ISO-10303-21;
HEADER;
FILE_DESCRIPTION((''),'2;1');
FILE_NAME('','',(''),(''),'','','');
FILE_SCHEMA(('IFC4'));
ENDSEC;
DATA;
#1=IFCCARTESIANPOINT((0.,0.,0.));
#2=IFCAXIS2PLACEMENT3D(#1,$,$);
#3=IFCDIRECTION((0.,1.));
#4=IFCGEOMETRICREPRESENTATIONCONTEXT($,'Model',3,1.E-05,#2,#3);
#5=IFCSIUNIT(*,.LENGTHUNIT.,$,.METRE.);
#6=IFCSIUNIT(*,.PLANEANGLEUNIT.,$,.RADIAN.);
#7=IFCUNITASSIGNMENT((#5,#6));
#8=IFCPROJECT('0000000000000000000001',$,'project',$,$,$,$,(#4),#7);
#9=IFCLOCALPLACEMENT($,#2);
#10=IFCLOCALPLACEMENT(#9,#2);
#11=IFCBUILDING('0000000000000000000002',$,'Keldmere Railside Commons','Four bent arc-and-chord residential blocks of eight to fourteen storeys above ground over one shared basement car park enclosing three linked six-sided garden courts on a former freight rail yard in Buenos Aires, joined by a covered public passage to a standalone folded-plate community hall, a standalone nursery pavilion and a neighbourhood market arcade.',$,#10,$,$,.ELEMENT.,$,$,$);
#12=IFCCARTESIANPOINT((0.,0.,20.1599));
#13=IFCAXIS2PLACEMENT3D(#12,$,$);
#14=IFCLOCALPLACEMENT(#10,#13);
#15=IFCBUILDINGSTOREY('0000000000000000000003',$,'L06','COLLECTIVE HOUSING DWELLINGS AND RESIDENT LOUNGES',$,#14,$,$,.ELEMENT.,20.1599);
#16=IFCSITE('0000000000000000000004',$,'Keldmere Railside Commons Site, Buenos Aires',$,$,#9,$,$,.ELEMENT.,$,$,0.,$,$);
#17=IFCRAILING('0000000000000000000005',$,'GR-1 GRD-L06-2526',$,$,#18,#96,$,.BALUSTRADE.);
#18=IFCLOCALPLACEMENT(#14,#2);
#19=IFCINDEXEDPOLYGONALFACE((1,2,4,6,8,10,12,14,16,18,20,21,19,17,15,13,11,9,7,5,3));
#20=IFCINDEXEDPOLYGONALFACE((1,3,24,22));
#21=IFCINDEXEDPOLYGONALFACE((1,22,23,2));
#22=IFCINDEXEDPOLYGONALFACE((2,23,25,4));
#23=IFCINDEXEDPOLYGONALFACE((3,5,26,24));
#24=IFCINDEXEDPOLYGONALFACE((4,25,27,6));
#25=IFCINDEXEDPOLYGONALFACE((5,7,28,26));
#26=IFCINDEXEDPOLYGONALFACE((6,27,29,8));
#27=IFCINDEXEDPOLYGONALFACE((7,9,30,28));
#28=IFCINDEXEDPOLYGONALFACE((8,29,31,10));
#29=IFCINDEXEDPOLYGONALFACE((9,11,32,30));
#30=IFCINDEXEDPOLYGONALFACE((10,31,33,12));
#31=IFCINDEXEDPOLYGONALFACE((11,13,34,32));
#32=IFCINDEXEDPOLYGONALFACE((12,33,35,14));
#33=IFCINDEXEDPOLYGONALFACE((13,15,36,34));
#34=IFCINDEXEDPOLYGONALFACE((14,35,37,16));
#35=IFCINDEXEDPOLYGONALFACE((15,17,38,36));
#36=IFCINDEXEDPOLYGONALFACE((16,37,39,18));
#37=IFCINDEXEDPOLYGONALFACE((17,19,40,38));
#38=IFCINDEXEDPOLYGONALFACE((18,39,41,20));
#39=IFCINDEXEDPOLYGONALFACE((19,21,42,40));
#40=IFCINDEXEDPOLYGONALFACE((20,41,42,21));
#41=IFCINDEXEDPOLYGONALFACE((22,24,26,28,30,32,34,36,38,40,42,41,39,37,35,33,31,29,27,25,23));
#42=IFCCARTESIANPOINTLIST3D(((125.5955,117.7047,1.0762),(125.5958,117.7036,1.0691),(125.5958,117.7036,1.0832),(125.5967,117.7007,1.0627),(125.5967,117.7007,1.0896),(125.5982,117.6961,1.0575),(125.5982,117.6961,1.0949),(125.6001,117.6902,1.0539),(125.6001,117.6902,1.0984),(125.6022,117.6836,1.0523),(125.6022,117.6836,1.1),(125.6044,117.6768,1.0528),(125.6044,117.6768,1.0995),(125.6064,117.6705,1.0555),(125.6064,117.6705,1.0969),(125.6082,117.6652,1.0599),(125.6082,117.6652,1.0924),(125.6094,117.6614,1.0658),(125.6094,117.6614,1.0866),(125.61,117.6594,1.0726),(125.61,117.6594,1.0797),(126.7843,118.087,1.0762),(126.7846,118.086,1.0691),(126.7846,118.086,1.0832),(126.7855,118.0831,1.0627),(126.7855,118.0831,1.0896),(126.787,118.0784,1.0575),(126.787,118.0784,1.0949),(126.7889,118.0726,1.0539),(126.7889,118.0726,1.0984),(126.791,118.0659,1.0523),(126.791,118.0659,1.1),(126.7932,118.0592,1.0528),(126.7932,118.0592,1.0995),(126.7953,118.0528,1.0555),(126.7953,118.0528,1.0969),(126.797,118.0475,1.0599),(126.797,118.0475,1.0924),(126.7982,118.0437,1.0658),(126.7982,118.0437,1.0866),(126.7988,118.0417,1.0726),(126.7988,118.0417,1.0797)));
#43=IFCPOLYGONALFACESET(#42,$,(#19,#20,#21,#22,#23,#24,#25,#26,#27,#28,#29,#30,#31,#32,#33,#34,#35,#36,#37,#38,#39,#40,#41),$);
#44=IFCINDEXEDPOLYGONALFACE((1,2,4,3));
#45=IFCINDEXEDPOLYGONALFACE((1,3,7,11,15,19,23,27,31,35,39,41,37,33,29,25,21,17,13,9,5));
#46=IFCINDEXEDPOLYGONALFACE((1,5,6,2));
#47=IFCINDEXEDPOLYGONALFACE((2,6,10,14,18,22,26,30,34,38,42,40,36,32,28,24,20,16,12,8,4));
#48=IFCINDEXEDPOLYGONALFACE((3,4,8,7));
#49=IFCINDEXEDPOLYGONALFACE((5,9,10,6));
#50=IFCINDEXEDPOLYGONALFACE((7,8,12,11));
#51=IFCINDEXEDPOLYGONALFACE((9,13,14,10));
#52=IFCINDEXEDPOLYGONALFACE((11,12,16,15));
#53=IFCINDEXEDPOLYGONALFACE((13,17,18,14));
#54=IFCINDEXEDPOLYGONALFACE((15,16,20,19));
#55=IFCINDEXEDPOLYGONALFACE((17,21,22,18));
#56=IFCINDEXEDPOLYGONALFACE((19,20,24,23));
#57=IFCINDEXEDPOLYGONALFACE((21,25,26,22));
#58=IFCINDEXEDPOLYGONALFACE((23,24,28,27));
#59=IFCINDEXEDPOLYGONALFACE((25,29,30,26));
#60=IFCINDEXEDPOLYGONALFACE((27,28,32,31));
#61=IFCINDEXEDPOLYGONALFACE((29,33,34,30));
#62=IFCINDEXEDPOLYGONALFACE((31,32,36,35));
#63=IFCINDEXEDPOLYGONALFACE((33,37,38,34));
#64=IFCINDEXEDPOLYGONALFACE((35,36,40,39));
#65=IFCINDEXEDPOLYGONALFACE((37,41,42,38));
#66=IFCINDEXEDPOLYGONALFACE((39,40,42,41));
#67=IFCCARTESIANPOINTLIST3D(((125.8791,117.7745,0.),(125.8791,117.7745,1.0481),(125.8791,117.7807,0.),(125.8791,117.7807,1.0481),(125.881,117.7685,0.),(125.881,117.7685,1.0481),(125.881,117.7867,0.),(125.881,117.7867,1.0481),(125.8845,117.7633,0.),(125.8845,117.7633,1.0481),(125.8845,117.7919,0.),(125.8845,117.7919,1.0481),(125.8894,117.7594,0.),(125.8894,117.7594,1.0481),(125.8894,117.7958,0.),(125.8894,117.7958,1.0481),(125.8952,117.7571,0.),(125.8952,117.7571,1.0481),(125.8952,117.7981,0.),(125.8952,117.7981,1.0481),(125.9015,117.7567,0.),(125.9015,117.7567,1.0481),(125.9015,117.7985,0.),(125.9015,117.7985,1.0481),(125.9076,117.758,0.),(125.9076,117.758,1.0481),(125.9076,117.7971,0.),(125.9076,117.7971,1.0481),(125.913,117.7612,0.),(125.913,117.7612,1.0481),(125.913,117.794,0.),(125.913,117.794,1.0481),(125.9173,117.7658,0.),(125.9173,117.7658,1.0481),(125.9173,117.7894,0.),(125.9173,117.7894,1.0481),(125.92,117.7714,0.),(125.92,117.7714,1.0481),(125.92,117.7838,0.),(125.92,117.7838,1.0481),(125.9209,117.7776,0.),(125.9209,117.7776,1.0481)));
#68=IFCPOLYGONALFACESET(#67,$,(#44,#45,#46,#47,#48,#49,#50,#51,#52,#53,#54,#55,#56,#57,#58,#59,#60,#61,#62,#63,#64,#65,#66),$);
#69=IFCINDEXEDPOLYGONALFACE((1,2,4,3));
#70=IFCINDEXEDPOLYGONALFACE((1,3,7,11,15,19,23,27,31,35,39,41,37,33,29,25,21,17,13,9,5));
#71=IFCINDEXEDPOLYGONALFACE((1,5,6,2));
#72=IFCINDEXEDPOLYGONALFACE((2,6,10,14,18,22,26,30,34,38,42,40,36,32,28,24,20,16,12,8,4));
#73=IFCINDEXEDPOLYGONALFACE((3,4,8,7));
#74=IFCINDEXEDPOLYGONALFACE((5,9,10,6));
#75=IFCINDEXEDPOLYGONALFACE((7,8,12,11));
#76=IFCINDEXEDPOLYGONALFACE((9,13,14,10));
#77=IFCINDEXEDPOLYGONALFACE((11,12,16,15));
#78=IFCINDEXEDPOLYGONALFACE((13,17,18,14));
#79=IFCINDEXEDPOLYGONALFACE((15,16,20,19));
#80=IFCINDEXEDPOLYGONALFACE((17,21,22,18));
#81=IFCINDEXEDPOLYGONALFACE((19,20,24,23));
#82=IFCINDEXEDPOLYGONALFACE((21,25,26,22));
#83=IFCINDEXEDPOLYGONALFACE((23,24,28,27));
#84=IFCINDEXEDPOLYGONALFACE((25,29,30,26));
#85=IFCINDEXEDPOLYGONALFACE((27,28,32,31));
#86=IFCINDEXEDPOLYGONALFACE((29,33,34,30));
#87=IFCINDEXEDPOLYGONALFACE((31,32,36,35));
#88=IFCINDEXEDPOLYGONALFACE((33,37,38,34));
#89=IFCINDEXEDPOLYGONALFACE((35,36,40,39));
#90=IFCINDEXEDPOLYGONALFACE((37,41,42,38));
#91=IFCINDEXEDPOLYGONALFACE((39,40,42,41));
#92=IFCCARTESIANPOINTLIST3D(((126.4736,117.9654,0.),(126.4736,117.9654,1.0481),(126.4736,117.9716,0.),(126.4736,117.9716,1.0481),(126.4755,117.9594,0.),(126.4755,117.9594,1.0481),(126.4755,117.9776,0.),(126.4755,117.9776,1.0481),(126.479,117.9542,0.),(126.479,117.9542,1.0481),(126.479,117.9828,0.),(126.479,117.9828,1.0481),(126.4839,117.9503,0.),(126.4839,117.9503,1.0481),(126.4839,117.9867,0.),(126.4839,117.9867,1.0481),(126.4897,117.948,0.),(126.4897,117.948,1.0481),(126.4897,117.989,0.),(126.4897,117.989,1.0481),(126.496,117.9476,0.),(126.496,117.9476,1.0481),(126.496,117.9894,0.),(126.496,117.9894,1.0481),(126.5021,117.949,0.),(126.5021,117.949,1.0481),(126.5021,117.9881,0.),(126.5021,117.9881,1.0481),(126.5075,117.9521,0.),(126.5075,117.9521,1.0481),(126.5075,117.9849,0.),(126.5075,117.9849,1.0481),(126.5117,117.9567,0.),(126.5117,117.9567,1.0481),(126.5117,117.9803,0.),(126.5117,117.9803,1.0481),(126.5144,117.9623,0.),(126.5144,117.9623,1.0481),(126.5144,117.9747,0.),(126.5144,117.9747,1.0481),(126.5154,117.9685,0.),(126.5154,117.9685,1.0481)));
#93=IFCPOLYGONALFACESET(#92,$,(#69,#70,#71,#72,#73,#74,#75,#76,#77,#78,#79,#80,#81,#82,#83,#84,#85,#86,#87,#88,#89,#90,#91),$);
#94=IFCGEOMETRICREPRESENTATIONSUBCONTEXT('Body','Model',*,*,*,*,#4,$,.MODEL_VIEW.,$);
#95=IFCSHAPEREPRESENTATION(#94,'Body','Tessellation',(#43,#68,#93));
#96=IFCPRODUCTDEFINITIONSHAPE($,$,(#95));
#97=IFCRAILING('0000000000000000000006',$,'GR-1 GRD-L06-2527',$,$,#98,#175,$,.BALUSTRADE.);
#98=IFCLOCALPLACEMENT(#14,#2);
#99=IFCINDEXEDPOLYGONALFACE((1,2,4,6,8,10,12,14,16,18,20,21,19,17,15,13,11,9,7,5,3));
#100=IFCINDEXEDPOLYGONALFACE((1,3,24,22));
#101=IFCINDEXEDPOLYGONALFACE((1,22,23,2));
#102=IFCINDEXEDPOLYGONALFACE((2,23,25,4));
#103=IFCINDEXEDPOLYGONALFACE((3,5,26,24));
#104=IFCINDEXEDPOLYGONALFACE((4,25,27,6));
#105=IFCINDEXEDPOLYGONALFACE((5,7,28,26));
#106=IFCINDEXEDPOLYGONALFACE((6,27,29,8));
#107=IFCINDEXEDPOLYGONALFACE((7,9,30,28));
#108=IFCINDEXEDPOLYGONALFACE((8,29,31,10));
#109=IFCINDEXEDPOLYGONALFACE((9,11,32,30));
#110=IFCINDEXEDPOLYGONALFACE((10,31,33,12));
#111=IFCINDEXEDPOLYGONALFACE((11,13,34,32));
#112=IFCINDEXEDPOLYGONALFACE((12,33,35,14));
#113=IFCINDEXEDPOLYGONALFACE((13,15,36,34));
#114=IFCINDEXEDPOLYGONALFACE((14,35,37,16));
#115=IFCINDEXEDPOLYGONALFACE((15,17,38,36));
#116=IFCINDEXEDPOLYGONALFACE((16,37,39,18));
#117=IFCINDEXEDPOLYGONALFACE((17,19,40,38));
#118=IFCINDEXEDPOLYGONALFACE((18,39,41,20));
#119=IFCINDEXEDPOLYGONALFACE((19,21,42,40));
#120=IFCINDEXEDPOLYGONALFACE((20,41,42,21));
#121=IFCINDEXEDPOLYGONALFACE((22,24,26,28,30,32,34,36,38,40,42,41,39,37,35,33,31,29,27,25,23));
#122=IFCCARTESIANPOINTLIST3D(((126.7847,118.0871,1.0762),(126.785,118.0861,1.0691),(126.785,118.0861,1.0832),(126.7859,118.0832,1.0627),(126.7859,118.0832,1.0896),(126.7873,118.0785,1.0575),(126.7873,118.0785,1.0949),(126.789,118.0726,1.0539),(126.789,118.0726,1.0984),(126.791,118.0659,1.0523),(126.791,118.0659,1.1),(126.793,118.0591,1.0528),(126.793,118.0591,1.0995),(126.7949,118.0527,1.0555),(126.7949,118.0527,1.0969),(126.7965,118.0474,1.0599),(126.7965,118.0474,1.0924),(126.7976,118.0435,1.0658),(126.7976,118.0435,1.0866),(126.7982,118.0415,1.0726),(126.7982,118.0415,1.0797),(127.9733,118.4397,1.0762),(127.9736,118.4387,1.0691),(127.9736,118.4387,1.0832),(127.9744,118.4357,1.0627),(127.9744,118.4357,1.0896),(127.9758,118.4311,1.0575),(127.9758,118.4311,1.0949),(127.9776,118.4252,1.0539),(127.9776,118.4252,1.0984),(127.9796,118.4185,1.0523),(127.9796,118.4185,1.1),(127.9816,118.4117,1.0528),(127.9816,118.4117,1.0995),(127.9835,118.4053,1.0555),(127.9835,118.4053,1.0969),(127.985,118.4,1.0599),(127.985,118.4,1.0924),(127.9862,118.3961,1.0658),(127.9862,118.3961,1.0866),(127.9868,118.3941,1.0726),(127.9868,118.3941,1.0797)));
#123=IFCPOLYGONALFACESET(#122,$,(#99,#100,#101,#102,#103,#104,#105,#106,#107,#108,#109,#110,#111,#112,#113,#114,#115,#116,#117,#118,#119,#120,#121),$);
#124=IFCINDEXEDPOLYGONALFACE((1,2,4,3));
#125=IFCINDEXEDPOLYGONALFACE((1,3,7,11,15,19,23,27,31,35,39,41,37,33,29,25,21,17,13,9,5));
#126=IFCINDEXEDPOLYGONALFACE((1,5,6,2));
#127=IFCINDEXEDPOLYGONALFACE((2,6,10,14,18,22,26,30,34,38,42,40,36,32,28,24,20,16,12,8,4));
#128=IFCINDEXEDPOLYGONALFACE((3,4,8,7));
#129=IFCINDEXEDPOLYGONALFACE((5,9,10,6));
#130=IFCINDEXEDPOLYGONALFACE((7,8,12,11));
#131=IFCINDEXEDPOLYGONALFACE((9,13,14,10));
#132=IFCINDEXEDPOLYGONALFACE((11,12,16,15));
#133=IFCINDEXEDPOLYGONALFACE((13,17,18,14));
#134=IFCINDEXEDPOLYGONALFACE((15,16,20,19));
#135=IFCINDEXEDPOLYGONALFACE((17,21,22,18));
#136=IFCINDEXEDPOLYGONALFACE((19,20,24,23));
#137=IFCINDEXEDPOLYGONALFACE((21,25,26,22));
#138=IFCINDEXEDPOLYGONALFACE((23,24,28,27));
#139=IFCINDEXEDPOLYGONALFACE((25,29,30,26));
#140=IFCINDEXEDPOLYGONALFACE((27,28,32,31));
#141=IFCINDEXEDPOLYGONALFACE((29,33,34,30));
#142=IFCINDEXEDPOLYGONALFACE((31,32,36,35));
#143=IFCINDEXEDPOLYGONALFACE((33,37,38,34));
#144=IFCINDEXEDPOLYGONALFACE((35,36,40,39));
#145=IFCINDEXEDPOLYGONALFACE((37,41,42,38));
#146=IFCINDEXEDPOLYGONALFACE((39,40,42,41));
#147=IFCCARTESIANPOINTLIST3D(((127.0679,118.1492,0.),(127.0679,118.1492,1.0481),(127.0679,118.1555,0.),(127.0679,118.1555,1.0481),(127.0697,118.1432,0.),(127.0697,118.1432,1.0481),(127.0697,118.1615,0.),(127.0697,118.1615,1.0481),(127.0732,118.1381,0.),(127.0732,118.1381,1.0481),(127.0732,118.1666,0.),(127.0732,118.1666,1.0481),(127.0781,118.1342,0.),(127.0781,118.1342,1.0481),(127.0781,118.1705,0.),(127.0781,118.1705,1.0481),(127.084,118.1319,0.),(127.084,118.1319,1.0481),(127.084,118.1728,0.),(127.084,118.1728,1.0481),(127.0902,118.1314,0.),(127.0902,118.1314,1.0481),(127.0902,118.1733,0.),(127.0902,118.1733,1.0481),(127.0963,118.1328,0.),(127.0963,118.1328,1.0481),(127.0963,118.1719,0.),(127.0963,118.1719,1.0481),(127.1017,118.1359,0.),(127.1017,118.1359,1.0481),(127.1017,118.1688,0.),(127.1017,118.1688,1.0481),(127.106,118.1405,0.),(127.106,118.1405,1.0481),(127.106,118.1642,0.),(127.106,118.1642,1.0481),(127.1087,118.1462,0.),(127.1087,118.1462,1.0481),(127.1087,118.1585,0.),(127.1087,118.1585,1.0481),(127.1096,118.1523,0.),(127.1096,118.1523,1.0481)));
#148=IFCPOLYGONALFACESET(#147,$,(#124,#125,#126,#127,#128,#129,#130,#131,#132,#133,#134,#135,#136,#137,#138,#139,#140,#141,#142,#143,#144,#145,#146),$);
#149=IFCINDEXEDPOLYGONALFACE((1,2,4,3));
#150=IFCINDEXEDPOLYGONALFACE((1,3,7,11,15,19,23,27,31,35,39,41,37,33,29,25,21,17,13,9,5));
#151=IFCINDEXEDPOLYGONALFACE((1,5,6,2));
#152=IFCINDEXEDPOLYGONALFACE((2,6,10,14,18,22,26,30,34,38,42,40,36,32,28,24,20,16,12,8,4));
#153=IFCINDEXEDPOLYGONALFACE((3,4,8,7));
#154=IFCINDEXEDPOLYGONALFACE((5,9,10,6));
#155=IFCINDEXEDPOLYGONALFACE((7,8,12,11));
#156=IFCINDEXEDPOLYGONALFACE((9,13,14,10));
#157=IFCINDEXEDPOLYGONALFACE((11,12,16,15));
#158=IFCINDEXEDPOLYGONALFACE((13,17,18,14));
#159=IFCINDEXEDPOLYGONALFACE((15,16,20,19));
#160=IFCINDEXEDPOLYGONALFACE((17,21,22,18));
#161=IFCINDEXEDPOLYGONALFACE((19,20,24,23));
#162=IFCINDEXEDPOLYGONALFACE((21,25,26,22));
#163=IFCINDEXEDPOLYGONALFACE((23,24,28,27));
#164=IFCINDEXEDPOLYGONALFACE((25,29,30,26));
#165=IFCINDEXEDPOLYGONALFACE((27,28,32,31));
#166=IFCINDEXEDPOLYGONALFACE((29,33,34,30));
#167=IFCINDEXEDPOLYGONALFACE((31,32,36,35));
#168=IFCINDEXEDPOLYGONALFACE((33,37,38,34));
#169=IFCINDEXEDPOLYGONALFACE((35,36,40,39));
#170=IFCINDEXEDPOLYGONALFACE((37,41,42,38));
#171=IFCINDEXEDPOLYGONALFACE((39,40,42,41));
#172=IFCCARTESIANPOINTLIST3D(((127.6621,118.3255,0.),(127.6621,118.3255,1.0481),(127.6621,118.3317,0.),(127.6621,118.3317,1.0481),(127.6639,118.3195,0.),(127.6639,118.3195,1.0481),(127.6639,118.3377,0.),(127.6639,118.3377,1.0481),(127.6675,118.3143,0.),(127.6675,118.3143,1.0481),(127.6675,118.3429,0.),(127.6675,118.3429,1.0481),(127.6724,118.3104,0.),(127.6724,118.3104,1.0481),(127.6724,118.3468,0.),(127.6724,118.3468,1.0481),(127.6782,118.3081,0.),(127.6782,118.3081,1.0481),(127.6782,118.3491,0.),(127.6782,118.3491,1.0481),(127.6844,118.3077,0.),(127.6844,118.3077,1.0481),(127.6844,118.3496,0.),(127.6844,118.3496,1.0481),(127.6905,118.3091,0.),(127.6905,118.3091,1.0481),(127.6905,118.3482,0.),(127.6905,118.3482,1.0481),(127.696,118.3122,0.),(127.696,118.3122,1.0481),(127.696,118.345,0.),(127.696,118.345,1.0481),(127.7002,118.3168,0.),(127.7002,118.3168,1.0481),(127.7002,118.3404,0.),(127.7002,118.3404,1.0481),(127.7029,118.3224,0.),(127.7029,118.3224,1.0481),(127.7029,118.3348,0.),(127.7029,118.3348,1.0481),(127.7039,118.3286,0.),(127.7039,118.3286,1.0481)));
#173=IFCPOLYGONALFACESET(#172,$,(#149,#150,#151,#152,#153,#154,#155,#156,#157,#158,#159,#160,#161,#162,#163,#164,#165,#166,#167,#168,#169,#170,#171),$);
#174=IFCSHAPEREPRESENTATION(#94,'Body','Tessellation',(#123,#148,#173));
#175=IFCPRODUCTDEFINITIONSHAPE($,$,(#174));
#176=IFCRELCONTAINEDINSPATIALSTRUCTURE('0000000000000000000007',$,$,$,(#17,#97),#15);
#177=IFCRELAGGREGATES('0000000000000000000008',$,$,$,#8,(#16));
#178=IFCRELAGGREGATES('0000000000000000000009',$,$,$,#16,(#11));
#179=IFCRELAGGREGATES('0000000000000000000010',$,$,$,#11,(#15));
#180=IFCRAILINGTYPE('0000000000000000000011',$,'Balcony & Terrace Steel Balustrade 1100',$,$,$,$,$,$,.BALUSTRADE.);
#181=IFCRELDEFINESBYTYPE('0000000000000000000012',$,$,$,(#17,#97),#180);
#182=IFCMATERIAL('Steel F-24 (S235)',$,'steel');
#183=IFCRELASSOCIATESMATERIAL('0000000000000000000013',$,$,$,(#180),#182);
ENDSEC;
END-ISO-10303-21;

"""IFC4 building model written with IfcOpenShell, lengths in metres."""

from ifc_helpers import new_model, si_unit, direction, frame, origin, origin_2d, place, context, subcontext, project, spatial, circle, extrude, material, type_object, element, save


model = new_model("IFC4")

# Units and contexts
model_context = context("Model", 3, precision=1e-05, world=origin(), true_north=direction((0.0, 1.0)))
body_context = subcontext(model_context, "Body", "Model", "MODEL_VIEW")
ifc_project = project(units=[si_unit("LENGTHUNIT", "METRE"), si_unit("PLANEANGLEUNIT", "RADIAN")], contexts=[model_context])

# Site, building, storey
site_placement = place(None, origin())
site = spatial("IfcSite", under=ifc_project, at=site_placement, Name="Keldmere Railside Commons Site, Buenos Aires", CompositionType="ELEMENT", RefElevation=0.0)
building_placement = place(site_placement, origin())
building = spatial("IfcBuilding", under=site, at=building_placement, Name="Keldmere Railside Commons", Description="Four bent arc-and-chord residential blocks of eight to fourteen storeys above ground over one shared basement car park enclosing three linked six-sided garden courts on a former freight rail yard in Buenos Aires, joined by a covered public passage to a standalone folded-plate community hall, a standalone nursery pavilion and a neighbourhood market arcade.", CompositionType="ELEMENT")
storey_placement = place(building_placement, frame((0.0, 0.0, 20.1599)))
storey = spatial("IfcBuildingStorey", under=building, at=storey_placement, Name="L06", Description="COLLECTIVE HOUSING DWELLINGS AND RESIDENT LOUNGES", CompositionType="ELEMENT", Elevation=20.1599)

# Railings
ifc_material_1 = material(Name="Steel F-24 (S235)", Category="steel")
railing_type = type_object("IfcRailingType", Name="Balcony & Terrace Steel Balustrade 1100", PredefinedType="BALUSTRADE", material=ifc_material_1)
railing_1_placement = place(storey_placement, frame((125.6028, 117.6819, 0.0)))
element("IfcRailing", 1, at=railing_1_placement, inside=storey, type_object=railing_type, Name="GR-1 GRD-L06-2526", PredefinedType="BALUSTRADE", context=body_context, shape_type="SweptSolid", body=[
    extrude(circle(Radius=0.0239, at=origin_2d()), frame((0.0, 0.0, 1.0762), z_axis=(0.951974, 0.30618, 0.0), x_axis=(-0.30618, 0.951974, 0.0)), (0.0, 0.0, 1.0), 1.2488),
    extrude(circle(Radius=0.021, at=origin_2d()), frame((0.2971, 0.0957, 0.0)), (0.0, 0.0, 1.0), 1.0481),
    extrude(circle(Radius=0.021, at=origin_2d()), frame((0.8916, 0.2866, 0.0)), (0.0, 0.0, 1.0), 1.0481),
])
railing_2_placement = place(storey_placement, frame((126.7915, 118.0642, 0.0)))
element("IfcRailing", 2, at=railing_2_placement, inside=storey, type_object=railing_type, Name="GR-1 GRD-L06-2527", PredefinedType="BALUSTRADE", context=body_context, shape_type="SweptSolid", body=[
    extrude(circle(Radius=0.0239, at=origin_2d()), frame((0.0, 0.0, 1.0762), z_axis=(0.958711, 0.284383, 0.0), x_axis=(-0.284383, 0.958711, 0.0)), (0.0, 0.0, 1.0), 1.2397),
    extrude(circle(Radius=0.021, at=origin_2d()), frame((0.2971, 0.0881, 0.0)), (0.0, 0.0, 1.0), 1.0481),
    extrude(circle(Radius=0.021, at=origin_2d()), frame((0.8914, 0.2644, 0.0)), (0.0, 0.0, 1.0), 1.0481),
])

save(model, "model.ifc")
